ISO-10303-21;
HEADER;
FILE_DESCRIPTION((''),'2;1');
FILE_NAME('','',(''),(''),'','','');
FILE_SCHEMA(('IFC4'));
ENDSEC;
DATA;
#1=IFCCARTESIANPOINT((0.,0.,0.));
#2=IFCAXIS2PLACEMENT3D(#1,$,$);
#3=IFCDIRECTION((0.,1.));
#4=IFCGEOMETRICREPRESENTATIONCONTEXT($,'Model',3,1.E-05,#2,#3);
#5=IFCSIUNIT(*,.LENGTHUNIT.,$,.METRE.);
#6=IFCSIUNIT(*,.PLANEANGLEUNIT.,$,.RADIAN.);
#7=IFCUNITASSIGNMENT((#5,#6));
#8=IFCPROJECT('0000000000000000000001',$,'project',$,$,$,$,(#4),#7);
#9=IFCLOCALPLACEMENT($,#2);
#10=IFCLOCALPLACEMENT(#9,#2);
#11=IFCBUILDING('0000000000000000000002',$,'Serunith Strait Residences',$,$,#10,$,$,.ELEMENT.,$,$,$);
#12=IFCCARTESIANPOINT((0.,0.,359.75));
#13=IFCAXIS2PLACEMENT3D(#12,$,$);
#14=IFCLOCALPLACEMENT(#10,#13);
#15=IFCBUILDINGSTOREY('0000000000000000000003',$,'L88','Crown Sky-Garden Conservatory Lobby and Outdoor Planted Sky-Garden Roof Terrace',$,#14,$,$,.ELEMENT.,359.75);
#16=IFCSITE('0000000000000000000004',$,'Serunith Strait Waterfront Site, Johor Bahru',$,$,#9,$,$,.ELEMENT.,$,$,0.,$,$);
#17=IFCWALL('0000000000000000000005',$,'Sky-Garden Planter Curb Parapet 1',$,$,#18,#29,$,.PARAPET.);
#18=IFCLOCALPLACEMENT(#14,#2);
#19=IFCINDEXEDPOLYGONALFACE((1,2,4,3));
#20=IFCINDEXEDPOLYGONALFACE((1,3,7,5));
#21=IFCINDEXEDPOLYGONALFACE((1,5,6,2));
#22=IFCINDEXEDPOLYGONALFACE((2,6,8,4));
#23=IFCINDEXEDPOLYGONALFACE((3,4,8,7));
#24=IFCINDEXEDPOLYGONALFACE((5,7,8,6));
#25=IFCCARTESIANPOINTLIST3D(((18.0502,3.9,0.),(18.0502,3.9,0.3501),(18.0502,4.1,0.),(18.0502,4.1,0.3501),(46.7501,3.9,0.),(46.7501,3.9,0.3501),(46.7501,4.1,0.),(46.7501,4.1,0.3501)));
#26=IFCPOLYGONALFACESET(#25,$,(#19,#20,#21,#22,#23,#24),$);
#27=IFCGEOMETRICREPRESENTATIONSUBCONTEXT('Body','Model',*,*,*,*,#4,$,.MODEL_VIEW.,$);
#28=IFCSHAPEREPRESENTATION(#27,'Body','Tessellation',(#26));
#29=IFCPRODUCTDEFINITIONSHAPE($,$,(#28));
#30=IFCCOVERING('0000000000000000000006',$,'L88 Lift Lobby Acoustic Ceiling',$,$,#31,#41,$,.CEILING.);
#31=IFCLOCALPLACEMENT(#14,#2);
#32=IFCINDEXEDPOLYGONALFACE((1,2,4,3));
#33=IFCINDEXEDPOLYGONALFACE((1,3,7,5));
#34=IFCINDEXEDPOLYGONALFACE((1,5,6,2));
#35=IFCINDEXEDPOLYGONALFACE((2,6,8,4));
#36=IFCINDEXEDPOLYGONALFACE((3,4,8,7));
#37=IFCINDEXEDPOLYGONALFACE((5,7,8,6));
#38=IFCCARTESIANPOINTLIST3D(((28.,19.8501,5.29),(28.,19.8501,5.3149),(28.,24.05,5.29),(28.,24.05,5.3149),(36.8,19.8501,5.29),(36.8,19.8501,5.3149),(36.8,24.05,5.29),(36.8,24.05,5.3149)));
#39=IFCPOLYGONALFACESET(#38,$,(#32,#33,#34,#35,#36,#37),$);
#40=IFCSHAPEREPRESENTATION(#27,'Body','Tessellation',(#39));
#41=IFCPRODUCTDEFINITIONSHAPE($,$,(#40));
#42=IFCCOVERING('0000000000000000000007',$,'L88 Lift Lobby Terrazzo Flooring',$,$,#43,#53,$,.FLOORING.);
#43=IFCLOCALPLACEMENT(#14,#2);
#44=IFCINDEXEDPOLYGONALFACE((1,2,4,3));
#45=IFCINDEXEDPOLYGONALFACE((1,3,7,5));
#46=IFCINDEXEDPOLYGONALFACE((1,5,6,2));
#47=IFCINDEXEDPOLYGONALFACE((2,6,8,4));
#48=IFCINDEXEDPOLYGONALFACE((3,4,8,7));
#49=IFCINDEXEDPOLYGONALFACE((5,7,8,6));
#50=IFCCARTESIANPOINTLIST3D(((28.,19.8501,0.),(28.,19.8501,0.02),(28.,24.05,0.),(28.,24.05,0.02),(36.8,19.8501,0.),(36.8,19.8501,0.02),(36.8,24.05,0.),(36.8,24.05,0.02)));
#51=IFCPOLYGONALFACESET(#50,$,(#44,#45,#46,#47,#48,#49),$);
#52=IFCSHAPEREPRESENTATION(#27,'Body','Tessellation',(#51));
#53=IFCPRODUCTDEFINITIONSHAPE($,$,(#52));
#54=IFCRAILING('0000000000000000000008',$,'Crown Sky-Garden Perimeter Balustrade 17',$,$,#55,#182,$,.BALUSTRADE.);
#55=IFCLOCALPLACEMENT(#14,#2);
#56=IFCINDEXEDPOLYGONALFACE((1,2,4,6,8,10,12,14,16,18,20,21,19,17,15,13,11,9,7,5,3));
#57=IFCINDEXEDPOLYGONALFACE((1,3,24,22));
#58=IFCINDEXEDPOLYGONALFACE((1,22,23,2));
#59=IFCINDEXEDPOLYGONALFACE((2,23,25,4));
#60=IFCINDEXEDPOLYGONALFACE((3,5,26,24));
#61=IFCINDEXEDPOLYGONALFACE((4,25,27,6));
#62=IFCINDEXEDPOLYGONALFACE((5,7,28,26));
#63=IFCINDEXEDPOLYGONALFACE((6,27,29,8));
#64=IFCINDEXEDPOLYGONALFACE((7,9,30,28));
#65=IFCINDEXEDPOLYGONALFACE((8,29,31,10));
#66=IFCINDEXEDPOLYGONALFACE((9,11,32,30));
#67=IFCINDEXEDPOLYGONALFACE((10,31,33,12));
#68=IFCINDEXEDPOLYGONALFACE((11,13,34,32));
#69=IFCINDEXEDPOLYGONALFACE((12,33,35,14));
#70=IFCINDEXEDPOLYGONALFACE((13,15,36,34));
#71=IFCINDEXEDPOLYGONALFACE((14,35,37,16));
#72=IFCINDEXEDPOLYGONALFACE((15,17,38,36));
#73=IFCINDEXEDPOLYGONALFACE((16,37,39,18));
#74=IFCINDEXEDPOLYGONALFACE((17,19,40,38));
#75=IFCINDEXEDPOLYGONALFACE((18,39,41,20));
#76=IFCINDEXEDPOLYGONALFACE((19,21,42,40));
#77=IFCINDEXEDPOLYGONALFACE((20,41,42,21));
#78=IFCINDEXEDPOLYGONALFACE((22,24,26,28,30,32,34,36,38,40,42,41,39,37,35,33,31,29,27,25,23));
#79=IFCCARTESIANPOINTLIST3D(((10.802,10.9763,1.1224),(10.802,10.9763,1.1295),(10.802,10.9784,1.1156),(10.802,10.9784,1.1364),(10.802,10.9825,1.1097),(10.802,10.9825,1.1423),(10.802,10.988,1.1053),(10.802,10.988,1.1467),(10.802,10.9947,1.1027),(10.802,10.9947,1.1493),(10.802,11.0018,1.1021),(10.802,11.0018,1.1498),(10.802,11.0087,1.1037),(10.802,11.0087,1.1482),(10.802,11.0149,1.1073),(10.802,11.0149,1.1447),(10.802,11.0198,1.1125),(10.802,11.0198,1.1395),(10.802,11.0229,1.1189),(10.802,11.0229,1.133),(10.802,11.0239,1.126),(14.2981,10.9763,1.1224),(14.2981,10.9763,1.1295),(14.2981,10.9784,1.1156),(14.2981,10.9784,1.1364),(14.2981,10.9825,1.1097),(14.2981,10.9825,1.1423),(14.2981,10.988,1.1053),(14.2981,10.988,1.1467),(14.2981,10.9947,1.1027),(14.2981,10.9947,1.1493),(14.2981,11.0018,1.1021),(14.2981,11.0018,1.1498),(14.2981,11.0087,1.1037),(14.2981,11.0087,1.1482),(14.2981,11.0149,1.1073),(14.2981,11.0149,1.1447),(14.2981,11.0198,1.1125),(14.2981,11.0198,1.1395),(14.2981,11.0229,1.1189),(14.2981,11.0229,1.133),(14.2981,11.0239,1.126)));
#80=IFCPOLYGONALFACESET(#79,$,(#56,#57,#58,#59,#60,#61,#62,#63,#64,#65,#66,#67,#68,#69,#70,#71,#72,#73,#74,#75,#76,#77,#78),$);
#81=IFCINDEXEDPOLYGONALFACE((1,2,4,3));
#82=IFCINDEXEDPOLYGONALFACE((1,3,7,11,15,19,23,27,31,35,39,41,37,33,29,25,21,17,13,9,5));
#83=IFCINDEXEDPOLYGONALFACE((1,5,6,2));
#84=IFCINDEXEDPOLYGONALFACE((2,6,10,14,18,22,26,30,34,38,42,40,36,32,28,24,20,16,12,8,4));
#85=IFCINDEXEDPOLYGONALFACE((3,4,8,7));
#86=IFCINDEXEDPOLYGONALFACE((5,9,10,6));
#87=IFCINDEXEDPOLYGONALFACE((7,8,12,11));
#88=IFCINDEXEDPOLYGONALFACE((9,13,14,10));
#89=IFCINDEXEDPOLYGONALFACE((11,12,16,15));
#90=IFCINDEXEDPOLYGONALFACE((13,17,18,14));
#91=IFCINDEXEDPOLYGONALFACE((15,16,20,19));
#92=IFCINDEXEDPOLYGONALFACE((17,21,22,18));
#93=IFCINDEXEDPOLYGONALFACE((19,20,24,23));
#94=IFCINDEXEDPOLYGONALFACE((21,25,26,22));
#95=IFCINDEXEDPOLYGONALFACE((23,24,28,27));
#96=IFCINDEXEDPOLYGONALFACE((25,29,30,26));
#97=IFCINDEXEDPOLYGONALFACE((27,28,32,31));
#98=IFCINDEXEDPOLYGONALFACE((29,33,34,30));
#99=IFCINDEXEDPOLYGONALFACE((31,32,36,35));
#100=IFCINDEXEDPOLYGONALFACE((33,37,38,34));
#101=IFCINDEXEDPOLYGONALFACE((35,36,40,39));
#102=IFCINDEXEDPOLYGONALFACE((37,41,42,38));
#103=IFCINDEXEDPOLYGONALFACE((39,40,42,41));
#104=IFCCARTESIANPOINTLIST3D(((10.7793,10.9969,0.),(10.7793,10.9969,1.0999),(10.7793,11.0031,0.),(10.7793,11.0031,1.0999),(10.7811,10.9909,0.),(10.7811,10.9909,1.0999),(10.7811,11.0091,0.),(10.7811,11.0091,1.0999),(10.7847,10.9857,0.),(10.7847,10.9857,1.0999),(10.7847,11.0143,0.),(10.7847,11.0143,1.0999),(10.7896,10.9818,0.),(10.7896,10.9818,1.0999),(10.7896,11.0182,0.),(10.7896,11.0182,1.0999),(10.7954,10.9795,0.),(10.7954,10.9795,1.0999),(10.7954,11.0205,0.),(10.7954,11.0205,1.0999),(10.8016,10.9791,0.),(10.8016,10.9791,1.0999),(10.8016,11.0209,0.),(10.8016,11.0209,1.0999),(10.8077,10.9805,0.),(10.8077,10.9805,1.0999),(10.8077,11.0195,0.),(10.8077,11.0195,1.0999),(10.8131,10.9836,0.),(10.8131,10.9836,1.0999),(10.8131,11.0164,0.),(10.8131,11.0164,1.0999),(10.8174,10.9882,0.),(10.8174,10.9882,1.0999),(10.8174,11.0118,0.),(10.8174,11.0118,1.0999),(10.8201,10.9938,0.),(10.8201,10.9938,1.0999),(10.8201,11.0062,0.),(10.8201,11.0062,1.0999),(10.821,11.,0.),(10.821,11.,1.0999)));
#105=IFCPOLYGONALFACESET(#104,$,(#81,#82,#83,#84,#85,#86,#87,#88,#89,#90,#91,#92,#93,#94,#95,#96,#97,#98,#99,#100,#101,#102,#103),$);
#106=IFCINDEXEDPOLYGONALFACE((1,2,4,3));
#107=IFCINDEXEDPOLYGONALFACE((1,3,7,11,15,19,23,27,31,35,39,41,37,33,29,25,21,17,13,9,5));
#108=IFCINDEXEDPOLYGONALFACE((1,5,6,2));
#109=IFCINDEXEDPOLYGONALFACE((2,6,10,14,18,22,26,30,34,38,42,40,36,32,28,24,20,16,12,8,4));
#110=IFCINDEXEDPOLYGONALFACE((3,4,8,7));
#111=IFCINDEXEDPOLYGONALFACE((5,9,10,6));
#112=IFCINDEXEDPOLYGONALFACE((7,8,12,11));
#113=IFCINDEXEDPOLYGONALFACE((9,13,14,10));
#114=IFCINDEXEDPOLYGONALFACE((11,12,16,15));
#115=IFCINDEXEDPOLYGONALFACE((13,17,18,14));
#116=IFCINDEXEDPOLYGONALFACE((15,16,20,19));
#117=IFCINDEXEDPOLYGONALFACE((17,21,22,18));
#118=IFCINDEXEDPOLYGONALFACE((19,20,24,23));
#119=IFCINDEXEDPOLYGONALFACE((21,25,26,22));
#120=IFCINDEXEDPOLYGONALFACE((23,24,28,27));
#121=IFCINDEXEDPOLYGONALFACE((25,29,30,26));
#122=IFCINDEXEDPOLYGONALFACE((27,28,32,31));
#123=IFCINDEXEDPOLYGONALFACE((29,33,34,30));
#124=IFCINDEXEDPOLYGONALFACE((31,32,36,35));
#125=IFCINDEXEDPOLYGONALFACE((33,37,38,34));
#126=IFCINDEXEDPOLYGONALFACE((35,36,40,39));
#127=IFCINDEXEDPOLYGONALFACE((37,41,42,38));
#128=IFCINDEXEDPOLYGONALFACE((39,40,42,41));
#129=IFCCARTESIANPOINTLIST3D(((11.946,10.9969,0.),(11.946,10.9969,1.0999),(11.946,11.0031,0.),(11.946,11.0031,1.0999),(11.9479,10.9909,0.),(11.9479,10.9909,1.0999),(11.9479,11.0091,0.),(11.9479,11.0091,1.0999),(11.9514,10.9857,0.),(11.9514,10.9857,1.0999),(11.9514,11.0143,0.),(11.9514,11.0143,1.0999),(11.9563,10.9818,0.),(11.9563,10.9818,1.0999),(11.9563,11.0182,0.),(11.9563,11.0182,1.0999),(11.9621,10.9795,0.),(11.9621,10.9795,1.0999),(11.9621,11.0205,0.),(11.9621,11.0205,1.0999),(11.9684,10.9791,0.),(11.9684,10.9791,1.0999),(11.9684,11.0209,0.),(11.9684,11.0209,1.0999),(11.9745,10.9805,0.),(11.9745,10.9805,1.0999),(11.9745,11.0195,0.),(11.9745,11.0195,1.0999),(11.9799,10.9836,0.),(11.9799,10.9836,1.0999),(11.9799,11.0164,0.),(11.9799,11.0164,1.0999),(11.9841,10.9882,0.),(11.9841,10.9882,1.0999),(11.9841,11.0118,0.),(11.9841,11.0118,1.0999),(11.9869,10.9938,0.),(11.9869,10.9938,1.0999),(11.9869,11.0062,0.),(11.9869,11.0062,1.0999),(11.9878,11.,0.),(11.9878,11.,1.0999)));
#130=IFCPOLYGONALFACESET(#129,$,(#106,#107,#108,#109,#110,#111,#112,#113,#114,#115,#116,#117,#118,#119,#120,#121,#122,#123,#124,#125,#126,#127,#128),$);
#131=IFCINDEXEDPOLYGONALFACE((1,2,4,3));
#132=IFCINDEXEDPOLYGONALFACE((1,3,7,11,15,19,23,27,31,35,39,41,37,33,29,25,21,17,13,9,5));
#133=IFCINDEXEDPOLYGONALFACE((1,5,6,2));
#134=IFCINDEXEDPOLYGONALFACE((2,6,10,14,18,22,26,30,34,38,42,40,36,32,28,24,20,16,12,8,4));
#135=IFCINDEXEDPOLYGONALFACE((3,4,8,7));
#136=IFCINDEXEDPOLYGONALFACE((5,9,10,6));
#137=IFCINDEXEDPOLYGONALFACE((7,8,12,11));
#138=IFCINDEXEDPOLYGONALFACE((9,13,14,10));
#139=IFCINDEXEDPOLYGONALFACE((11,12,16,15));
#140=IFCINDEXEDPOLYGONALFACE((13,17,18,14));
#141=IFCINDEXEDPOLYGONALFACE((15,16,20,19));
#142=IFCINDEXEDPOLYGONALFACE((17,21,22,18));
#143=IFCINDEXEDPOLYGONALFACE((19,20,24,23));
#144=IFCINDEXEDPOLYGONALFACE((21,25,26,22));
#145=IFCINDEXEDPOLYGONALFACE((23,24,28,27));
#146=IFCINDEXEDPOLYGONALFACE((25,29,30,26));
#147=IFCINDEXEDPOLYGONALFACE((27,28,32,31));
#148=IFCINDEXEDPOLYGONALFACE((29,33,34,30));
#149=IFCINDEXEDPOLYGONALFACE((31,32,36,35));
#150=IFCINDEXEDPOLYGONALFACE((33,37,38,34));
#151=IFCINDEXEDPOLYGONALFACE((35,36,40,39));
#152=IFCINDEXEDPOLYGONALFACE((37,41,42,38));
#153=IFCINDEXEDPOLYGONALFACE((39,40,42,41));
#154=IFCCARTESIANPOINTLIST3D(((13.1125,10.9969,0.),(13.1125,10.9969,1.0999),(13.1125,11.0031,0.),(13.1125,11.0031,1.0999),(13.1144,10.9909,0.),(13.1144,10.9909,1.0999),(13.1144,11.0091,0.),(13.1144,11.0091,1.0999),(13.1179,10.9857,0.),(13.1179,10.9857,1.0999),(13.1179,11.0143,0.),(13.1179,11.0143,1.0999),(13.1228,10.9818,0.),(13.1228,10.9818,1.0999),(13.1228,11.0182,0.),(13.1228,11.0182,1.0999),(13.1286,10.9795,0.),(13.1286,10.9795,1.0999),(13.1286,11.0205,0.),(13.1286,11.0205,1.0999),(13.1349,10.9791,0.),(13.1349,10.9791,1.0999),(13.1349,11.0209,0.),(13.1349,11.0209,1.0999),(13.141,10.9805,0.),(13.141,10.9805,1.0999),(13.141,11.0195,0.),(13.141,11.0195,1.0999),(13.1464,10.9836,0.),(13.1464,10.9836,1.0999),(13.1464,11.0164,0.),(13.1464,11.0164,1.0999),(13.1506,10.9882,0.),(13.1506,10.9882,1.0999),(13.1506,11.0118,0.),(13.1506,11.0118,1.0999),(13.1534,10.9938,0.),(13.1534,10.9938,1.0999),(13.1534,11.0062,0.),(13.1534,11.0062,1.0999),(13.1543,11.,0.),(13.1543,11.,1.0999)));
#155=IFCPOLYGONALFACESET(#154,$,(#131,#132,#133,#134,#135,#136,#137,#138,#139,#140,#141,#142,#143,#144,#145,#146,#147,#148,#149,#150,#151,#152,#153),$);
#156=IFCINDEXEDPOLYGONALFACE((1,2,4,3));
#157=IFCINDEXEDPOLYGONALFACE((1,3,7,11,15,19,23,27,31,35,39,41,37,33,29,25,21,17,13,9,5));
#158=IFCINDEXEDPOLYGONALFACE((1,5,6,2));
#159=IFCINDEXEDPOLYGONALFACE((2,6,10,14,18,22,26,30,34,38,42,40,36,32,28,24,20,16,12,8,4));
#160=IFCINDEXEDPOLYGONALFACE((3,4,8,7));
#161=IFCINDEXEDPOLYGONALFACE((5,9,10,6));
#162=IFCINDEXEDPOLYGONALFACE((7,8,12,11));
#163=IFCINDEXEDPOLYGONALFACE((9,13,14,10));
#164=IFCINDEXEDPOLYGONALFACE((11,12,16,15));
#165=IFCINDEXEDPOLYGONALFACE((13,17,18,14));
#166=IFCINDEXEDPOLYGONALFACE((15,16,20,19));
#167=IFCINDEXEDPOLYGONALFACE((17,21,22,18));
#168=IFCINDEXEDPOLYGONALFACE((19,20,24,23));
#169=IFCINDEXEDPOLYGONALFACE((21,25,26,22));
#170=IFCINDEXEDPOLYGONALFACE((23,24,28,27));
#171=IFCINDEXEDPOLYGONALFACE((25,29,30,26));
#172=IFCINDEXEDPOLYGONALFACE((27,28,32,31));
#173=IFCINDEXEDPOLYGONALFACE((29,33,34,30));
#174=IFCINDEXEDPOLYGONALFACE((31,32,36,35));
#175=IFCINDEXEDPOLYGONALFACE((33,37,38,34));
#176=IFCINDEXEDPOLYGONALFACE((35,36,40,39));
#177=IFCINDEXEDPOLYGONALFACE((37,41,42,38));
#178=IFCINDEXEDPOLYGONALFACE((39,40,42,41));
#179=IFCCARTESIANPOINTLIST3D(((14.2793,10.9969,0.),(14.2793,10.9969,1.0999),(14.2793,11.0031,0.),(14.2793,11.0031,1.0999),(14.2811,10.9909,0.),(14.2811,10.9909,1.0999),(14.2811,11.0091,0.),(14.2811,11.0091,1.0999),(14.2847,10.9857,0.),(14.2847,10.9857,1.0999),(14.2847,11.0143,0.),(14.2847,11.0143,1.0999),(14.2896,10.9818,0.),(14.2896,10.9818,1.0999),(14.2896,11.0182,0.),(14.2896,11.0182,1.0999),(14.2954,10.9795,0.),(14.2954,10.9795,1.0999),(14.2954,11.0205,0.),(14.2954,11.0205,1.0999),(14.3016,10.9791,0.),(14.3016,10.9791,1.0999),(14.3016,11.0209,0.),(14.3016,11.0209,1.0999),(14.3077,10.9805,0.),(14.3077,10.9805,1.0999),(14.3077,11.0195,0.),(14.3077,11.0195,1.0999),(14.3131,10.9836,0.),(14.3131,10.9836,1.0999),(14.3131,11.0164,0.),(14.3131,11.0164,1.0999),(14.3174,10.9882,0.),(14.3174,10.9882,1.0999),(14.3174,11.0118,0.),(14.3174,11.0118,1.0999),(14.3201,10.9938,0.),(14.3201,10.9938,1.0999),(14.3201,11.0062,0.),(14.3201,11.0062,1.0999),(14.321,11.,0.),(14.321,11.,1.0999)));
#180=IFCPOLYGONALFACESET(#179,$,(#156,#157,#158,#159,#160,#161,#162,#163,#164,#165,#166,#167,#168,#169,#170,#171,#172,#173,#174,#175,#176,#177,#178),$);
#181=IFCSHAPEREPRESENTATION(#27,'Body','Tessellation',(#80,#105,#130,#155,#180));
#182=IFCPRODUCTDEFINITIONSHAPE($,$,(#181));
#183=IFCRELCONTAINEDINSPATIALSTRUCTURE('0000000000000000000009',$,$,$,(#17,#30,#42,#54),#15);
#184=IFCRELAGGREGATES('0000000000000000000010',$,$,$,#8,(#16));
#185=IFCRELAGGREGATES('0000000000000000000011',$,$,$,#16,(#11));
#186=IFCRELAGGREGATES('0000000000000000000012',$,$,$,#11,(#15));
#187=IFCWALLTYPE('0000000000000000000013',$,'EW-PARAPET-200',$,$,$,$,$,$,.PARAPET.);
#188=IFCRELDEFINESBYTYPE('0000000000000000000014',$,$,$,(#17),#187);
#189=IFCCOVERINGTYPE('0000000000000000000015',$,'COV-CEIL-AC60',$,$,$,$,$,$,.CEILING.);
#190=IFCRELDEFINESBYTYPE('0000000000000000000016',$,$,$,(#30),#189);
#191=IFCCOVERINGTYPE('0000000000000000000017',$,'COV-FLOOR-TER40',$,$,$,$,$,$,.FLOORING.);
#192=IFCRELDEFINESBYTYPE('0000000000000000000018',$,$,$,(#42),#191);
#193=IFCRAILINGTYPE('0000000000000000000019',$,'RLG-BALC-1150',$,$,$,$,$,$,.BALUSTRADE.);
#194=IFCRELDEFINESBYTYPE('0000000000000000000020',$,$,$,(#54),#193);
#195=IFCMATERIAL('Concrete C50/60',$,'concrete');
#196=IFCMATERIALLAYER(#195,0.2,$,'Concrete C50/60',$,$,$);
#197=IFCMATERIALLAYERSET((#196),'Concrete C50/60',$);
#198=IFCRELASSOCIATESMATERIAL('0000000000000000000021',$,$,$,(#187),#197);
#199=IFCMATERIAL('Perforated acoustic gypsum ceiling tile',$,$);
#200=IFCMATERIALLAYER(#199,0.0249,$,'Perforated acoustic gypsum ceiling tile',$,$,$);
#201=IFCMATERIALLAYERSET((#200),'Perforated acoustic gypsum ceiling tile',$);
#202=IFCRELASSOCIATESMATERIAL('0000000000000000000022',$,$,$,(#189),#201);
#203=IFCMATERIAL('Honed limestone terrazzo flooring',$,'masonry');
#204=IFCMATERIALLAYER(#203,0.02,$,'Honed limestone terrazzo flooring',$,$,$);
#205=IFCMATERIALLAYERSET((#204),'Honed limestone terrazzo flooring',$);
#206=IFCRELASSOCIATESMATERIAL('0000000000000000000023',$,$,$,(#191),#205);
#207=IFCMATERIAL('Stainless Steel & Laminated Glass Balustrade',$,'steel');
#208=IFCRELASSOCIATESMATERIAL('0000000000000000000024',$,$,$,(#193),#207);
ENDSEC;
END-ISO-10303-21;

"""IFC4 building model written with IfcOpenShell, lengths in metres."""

from ifc_helpers import new_model, si_unit, direction, frame, frame_2d, origin, origin_2d, place, context, subcontext, project, spatial, polyline, rectangle, circle, outline, extrude, material, layer, layer_set, type_object, element, save


model = new_model("IFC4")

# Units and contexts
model_context = context("Model", 3, precision=1e-05, world=origin(), true_north=direction((0.0, 1.0)))
body_context = subcontext(model_context, "Body", "Model", "MODEL_VIEW")
ifc_project = project(units=[si_unit("LENGTHUNIT", "METRE"), si_unit("PLANEANGLEUNIT", "RADIAN")], contexts=[model_context])

# Site, building, storey
site_placement = place(None, origin())
site = spatial("IfcSite", under=ifc_project, at=site_placement, Name="Serunith Strait Waterfront Site, Johor Bahru", CompositionType="ELEMENT", RefElevation=0.0)
building_placement = place(site_placement, origin())
building = spatial("IfcBuilding", under=site, at=building_placement, Name="Serunith Strait Residences", CompositionType="ELEMENT")
storey_placement = place(building_placement, frame((0.0, 0.0, 359.75)))
storey = spatial("IfcBuildingStorey", under=building, at=storey_placement, Name="L88", Description="Crown Sky-Garden Conservatory Lobby and Outdoor Planted Sky-Garden Roof Terrace", CompositionType="ELEMENT", Elevation=359.75)

# Shared definitions
ifc_material_1 = material(Name="Concrete C50/60", Category="concrete")

# Wall
ifc_layer_1 = layer(ifc_material_1, 0.2, Name="Concrete C50/60")
ifc_layer_set_1 = layer_set([ifc_layer_1], Name="Concrete C50/60")
wall_type = type_object("IfcWallType", Name="EW-PARAPET-200", PredefinedType="PARAPET", material=ifc_layer_set_1)
wall_placement = place(storey_placement, frame((18.05, 4.0, 0.0), z_axis=(0.0, 0.0, 1.0), x_axis=(1.0, 0.0, 0.0)))
element("IfcWall", 1, at=wall_placement, inside=storey, type_object=wall_type, Name="Sky-Garden Planter Curb Parapet 1", PredefinedType="PARAPET", context=body_context, shape_type="SweptSolid", body=[
    extrude(rectangle(XDim=28.7, YDim=0.2, at=frame_2d((14.3501, 0.0))), origin(), (0.0, 0.0, 1.0), 0.3501),
])

# Coverings
ifc_material_2 = material(Name="Perforated acoustic gypsum ceiling tile")
ifc_layer_2 = layer(ifc_material_2, 0.0249, Name="Perforated acoustic gypsum ceiling tile")
ifc_layer_set_2 = layer_set([ifc_layer_2], Name="Perforated acoustic gypsum ceiling tile")
covering_type_1 = type_object("IfcCoveringType", Name="COV-CEIL-AC60", PredefinedType="CEILING", material=ifc_layer_set_2)
covering_1_placement = place(storey_placement, frame((0.0, 0.0, 5.29)))
element("IfcCovering", 2, at=covering_1_placement, inside=storey, type_object=covering_type_1, Name="L88 Lift Lobby Acoustic Ceiling", PredefinedType="CEILING", context=body_context, shape_type="SweptSolid", body=[
    extrude(outline(polyline([(28.0, 19.8501), (36.8, 19.8501), (36.8, 24.05), (28.0, 24.05), (28.0, 19.8501)])), origin(), (0.0, 0.0, 1.0), 0.0249),
])
ifc_material_3 = material(Name="Honed limestone terrazzo flooring", Category="masonry")
ifc_layer_3 = layer(ifc_material_3, 0.02, Name="Honed limestone terrazzo flooring")
ifc_layer_set_3 = layer_set([ifc_layer_3], Name="Honed limestone terrazzo flooring")
covering_type_2 = type_object("IfcCoveringType", Name="COV-FLOOR-TER40", PredefinedType="FLOORING", material=ifc_layer_set_3)
covering_2_placement = place(storey_placement, origin())
element("IfcCovering", 3, at=covering_2_placement, inside=storey, type_object=covering_type_2, Name="L88 Lift Lobby Terrazzo Flooring", PredefinedType="FLOORING", context=body_context, shape_type="SweptSolid", body=[
    extrude(outline(polyline([(28.0, 19.8501), (36.8, 19.8501), (36.8, 24.05), (28.0, 24.05), (28.0, 19.8501)])), origin(), (0.0, 0.0, 1.0), 0.02),
])

# Railing
ifc_material_4 = material(Name="Stainless Steel & Laminated Glass Balustrade", Category="steel")
railing_type = type_object("IfcRailingType", Name="RLG-BALC-1150", PredefinedType="BALUSTRADE", material=ifc_material_4)
railing_1_placement = place(storey_placement, frame((10.8, 11.0, 0.0)))
element("IfcRailing", 4, at=railing_1_placement, inside=storey, type_object=railing_type, Name="Crown Sky-Garden Perimeter Balustrade 17", PredefinedType="BALUSTRADE", context=body_context, shape_type="SweptSolid", body=[
    extrude(circle(Radius=0.0239, at=origin_2d()), frame((0.002, 0.0, 1.126), z_axis=(1.0, 0.0, 0.0), x_axis=(0.0, 1.0, 0.0)), (0.0, 0.0, 1.0), 3.4961),
    extrude(circle(Radius=0.021, at=origin_2d()), origin(), (0.0, 0.0, 1.0), 1.0999),
    extrude(circle(Radius=0.021, at=origin_2d()), frame((1.1667, 0.0, 0.0)), (0.0, 0.0, 1.0), 1.0999),
    extrude(circle(Radius=0.021, at=origin_2d()), frame((2.3333, 0.0, 0.0)), (0.0, 0.0, 1.0), 1.0999),
    extrude(circle(Radius=0.021, at=origin_2d()), frame((3.5, 0.0, 0.0)), (0.0, 0.0, 1.0), 1.0999),
])

save(model, "model.ifc")
